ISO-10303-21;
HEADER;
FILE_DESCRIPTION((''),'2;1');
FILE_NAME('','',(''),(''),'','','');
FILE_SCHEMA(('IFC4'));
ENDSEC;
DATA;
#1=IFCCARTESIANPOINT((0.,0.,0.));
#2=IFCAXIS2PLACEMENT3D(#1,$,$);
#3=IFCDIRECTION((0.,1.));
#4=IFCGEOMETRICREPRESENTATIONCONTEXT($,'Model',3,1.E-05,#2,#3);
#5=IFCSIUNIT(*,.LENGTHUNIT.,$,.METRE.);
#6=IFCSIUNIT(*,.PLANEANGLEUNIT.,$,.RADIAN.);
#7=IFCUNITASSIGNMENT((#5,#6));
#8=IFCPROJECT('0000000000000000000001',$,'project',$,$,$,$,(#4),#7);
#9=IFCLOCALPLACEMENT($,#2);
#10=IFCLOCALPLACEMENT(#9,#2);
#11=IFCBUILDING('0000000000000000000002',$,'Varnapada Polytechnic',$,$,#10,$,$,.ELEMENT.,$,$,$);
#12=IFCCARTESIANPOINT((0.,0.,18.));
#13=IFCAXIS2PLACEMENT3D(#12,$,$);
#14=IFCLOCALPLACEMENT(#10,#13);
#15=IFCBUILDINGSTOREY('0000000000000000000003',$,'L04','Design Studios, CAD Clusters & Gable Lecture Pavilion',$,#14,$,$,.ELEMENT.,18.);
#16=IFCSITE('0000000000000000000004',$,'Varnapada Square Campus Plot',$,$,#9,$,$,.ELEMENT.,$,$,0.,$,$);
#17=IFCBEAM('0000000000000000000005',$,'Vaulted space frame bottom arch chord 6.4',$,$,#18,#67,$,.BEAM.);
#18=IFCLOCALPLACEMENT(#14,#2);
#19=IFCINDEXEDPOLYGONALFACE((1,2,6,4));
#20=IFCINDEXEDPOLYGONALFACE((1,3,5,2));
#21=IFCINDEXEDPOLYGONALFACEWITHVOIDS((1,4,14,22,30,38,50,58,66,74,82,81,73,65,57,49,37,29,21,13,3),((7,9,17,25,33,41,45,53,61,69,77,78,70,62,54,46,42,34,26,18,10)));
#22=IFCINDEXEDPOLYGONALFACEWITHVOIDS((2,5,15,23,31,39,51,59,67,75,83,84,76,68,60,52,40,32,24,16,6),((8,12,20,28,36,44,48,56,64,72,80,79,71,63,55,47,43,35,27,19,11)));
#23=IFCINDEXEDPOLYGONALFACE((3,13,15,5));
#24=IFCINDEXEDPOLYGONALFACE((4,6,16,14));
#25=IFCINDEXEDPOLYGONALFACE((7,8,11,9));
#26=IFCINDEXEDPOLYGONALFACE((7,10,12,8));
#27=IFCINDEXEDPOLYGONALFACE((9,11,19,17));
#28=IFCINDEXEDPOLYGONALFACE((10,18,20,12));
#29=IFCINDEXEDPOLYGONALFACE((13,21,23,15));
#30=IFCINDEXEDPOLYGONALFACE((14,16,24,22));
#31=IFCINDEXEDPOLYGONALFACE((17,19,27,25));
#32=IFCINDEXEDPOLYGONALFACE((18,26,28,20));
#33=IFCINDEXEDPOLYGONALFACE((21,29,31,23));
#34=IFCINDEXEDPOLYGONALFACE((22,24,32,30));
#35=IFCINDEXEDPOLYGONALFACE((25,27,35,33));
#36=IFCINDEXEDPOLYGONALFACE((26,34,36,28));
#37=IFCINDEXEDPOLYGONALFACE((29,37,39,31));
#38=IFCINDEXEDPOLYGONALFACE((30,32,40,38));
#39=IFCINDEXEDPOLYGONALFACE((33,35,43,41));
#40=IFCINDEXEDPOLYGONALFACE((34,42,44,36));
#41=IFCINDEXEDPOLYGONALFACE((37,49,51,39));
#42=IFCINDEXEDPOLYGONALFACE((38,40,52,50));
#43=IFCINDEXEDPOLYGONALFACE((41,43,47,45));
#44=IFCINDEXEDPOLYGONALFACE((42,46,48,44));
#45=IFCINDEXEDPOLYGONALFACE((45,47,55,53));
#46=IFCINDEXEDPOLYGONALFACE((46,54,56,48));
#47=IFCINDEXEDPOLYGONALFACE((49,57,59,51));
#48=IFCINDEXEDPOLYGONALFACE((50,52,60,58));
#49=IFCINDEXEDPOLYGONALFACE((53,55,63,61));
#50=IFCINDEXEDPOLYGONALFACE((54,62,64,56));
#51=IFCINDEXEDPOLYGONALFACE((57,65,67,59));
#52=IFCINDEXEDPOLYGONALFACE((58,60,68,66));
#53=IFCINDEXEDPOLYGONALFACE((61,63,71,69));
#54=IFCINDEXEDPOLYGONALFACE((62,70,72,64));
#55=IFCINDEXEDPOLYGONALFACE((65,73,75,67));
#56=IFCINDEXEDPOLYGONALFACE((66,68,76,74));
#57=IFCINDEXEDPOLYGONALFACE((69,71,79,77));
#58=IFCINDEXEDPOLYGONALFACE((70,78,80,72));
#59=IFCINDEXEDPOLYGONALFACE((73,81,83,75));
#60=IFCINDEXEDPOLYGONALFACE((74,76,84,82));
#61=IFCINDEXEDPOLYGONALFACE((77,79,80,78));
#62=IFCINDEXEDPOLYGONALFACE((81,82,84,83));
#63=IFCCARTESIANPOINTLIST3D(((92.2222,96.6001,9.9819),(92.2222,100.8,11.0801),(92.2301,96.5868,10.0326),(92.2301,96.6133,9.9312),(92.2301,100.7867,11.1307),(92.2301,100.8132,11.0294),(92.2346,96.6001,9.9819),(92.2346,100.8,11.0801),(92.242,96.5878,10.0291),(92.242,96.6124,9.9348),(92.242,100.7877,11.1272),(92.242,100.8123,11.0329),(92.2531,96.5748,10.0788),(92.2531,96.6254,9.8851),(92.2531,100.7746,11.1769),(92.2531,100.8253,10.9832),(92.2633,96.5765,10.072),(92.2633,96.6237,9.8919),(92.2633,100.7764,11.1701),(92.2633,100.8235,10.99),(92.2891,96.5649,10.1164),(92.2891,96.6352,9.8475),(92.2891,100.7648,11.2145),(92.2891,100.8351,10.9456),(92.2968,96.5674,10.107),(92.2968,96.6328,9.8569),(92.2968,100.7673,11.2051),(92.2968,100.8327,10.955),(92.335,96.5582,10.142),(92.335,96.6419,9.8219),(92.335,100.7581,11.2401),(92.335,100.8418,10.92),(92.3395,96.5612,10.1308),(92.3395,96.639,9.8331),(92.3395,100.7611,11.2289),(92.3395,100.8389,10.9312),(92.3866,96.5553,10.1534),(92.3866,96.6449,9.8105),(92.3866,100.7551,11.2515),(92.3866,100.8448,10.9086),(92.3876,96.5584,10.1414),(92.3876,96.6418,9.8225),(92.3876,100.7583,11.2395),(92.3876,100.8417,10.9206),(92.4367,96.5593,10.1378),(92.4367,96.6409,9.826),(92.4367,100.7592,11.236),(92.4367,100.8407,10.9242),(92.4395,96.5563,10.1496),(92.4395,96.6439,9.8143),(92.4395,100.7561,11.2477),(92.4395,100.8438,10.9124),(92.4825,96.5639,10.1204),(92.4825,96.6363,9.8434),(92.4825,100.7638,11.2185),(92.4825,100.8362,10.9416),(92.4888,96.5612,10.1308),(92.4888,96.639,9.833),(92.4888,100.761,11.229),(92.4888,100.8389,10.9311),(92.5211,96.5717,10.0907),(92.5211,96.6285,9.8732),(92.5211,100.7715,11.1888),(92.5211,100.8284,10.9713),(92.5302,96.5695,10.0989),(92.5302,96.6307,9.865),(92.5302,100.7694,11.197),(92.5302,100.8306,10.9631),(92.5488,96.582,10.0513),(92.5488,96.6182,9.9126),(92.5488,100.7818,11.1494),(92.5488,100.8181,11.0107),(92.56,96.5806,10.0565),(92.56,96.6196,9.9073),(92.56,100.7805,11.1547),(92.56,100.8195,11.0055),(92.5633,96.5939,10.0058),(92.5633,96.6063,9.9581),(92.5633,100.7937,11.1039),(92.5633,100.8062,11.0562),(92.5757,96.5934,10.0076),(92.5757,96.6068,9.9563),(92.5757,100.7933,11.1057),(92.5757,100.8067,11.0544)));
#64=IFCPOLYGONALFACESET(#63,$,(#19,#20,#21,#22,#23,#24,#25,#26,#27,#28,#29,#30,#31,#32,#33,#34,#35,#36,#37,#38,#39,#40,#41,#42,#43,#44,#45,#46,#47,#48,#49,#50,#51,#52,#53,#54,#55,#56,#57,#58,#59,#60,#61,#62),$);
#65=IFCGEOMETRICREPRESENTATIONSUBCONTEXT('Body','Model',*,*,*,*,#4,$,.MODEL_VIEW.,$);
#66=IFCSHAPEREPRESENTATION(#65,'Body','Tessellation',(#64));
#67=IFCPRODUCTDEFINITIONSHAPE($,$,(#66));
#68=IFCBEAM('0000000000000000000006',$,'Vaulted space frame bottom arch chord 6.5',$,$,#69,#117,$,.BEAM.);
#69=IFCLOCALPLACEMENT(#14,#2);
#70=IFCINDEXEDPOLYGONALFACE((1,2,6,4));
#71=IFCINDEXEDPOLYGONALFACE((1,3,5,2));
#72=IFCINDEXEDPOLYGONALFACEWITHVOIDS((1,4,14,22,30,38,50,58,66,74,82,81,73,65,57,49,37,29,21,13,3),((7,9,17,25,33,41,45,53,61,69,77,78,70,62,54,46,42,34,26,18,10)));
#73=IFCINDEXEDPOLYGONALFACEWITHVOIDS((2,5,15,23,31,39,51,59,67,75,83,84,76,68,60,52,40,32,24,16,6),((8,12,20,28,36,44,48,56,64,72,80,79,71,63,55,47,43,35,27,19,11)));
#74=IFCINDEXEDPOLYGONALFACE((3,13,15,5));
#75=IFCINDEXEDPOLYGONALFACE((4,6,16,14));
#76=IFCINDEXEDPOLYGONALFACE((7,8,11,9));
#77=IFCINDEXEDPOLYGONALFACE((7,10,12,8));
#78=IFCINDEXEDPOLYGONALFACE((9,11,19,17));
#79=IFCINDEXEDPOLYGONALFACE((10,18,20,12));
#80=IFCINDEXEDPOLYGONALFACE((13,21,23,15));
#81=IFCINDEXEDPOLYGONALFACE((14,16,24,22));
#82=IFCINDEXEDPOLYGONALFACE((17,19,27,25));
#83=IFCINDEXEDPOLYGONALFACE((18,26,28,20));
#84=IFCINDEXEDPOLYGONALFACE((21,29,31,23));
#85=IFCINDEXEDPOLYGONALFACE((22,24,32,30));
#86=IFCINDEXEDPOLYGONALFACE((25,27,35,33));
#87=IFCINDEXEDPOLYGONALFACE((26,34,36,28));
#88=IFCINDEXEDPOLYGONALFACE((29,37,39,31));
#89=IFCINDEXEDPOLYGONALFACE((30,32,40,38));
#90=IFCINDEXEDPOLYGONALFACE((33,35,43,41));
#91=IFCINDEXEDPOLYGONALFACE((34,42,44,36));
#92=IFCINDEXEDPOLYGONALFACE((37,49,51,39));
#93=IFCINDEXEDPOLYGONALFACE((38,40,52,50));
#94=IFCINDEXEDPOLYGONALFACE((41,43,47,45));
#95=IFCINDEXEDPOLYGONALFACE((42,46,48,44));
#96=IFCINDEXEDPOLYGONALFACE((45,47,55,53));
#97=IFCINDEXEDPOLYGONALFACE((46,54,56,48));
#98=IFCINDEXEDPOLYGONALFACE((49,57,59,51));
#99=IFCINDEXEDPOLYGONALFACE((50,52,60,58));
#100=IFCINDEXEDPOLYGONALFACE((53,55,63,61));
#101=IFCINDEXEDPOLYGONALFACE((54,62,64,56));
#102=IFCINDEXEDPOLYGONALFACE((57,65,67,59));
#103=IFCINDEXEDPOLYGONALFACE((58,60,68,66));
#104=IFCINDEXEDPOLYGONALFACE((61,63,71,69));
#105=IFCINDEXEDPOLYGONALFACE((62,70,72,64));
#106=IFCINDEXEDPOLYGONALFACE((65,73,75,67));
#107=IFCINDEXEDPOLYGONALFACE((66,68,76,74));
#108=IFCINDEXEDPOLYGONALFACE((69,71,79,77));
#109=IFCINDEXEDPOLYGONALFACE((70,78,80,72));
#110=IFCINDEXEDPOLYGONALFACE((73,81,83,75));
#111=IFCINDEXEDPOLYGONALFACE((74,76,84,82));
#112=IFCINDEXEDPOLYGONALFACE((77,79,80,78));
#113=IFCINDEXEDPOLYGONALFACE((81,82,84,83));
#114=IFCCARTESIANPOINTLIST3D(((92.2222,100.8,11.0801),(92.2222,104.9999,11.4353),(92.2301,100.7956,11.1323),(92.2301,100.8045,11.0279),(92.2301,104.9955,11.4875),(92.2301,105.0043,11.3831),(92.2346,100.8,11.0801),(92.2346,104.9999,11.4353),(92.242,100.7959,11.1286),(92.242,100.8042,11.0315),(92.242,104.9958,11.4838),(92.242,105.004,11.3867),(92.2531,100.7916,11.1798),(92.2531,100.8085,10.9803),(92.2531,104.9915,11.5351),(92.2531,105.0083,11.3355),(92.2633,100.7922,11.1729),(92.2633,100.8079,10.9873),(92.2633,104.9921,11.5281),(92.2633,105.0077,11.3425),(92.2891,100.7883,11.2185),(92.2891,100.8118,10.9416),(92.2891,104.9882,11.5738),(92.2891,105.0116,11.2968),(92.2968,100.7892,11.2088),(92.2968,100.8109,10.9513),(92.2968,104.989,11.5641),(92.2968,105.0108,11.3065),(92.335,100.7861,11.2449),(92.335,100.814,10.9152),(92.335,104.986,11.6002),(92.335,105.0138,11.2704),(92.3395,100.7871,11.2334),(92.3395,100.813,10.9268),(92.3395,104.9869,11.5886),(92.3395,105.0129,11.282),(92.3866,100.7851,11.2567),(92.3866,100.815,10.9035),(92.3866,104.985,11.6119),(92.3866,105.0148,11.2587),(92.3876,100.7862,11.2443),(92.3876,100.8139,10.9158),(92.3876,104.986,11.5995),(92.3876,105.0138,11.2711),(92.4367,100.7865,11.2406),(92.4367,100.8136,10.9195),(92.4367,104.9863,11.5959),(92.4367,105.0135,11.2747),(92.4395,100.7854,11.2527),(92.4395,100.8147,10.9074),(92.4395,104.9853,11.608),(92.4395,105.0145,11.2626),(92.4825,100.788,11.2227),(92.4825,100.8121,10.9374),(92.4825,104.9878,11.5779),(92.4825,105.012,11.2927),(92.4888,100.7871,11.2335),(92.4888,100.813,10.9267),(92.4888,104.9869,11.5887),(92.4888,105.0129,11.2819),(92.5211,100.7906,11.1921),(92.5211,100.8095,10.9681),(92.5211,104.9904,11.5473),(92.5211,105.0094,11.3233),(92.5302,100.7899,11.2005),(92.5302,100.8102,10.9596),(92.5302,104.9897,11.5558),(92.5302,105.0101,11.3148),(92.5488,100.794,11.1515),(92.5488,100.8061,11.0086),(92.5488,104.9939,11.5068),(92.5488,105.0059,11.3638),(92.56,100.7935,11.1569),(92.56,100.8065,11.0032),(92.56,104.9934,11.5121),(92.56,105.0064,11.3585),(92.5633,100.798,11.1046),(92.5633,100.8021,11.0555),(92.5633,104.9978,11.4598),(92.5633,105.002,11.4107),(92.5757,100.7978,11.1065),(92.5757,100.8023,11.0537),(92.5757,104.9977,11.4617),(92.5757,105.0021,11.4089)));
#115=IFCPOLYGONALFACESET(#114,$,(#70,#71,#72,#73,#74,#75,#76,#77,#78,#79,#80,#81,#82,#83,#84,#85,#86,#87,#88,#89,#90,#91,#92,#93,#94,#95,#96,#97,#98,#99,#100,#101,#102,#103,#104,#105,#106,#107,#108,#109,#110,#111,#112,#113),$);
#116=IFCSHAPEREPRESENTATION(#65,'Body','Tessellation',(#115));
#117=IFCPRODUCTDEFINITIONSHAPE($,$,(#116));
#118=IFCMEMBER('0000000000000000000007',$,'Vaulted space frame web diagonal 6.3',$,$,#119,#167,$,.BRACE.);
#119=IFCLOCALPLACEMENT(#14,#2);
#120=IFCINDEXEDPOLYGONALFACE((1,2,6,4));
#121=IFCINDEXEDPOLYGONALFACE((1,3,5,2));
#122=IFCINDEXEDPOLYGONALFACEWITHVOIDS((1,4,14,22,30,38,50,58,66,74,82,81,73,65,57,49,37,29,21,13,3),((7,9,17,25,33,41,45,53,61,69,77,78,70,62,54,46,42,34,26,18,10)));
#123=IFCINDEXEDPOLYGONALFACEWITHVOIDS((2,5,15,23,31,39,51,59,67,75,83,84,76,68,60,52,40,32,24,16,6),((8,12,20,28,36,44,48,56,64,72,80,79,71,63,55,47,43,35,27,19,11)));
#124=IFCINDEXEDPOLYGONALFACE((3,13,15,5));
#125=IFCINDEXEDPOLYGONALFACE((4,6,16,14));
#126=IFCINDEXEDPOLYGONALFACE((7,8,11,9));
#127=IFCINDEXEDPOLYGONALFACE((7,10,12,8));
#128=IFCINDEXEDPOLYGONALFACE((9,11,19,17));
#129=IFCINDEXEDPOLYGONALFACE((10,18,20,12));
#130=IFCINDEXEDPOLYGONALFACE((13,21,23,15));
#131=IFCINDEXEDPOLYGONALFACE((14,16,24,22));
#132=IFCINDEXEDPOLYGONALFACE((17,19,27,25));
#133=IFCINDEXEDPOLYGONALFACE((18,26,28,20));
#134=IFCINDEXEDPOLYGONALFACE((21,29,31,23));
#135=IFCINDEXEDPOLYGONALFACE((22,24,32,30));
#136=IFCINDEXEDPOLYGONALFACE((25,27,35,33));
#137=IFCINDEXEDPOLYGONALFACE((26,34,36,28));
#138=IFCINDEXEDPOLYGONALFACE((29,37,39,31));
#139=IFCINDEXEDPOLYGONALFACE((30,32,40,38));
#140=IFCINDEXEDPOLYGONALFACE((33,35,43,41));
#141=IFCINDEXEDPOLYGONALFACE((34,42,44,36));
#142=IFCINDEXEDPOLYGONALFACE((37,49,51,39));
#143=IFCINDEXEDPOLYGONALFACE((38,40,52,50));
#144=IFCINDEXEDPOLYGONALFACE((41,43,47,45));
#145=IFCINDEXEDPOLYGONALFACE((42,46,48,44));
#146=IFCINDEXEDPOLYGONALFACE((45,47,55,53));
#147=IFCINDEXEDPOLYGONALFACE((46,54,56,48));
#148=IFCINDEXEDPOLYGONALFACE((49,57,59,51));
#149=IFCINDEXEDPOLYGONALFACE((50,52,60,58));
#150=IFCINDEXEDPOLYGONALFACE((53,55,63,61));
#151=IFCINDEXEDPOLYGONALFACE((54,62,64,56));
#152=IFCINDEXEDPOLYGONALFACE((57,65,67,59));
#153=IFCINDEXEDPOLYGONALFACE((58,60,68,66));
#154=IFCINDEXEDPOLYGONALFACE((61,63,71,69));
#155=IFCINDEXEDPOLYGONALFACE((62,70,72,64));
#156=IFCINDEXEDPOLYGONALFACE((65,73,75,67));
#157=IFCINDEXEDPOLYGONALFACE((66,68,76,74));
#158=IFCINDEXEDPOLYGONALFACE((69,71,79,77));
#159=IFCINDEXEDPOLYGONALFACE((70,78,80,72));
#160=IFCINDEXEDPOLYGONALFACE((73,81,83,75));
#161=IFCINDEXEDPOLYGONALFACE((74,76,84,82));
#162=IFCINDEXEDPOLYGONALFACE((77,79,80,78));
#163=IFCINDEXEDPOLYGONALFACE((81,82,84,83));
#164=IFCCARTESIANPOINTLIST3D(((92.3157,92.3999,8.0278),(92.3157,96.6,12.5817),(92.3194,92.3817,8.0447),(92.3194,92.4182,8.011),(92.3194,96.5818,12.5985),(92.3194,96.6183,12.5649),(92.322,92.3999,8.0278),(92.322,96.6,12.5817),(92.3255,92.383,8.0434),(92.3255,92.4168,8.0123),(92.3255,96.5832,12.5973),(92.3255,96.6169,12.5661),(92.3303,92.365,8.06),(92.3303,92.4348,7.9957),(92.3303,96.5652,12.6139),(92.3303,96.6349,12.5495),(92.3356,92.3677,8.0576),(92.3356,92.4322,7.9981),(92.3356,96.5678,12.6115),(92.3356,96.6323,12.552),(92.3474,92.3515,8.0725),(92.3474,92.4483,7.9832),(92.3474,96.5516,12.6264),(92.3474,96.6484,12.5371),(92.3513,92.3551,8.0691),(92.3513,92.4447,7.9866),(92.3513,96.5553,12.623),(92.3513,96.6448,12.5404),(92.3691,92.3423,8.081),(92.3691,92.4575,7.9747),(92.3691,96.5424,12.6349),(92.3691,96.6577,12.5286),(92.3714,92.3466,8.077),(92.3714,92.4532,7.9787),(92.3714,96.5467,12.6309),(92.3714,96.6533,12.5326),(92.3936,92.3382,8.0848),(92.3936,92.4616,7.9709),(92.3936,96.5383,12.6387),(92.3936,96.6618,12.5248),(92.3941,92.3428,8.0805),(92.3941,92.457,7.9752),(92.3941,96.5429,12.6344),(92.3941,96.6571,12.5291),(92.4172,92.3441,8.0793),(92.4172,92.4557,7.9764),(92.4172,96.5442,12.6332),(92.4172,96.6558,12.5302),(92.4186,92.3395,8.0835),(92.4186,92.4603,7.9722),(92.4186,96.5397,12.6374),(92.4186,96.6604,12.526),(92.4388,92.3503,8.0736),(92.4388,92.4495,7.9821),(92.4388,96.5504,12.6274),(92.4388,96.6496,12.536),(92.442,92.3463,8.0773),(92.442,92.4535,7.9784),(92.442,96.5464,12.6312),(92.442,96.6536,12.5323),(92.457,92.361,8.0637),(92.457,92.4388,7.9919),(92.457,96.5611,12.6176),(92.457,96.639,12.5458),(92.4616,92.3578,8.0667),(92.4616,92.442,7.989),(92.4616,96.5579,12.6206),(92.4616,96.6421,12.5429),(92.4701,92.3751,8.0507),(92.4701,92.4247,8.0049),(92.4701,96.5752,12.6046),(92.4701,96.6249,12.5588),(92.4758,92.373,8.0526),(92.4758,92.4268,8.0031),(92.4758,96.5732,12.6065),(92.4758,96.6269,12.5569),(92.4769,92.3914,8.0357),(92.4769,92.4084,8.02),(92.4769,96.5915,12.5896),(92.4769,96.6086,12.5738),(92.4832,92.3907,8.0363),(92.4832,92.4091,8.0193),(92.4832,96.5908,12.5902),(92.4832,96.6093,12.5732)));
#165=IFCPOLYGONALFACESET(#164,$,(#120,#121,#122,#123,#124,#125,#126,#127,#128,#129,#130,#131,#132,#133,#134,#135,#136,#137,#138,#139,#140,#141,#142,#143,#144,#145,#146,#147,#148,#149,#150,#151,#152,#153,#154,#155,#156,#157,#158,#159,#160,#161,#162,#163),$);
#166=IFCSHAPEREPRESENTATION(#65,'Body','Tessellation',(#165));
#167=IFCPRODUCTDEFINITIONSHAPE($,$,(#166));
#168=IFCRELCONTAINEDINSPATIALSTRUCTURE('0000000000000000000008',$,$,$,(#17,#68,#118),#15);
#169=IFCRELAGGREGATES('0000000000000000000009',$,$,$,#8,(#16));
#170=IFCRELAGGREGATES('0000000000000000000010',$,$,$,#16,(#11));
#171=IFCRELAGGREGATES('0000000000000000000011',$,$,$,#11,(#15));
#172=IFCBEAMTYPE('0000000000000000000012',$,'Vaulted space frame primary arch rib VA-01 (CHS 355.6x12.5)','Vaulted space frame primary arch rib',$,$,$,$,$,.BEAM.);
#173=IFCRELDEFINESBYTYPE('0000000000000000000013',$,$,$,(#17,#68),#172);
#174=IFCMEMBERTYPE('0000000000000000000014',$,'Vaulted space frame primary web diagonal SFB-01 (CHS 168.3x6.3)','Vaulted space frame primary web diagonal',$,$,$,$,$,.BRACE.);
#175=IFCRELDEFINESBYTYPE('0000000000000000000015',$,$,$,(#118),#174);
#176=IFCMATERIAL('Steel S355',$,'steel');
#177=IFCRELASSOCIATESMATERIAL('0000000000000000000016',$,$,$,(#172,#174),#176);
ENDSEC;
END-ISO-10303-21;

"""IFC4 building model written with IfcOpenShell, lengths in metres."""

from ifc_helpers import new_model, si_unit, direction, frame, origin, origin_2d, place, context, subcontext, project, spatial, hollow_circle, extrude, material, material_profile, profile_set, type_object, element, save


model = new_model("IFC4")

# Units and contexts
model_context = context("Model", 3, precision=1e-05, world=origin(), true_north=direction((0.0, 1.0)))
body_context = subcontext(model_context, "Body", "Model", "MODEL_VIEW")
ifc_project = project(units=[si_unit("LENGTHUNIT", "METRE"), si_unit("PLANEANGLEUNIT", "RADIAN")], contexts=[model_context])

# Site, building, storey
site_placement = place(None, origin())
site = spatial("IfcSite", under=ifc_project, at=site_placement, Name="Varnapada Square Campus Plot", CompositionType="ELEMENT", RefElevation=0.0)
building_placement = place(site_placement, origin())
building = spatial("IfcBuilding", under=site, at=building_placement, Name="Varnapada Polytechnic", CompositionType="ELEMENT")
storey_placement = place(building_placement, frame((0.0, 0.0, 18.0)))
storey = spatial("IfcBuildingStorey", under=building, at=storey_placement, Name="L04", Description="Design Studios, CAD Clusters & Gable Lecture Pavilion", CompositionType="ELEMENT", Elevation=18.0)

# Shared definitions
ifc_material = material(Name="Steel S355", Category="steel")

# Beams
ifc_material_profile_1 = material_profile(ifc_material, hollow_circle(Radius=0.1777, WallThickness=0.0125, at=origin_2d()), Name="CHS 355.6x12.5")
ifc_profile_set_1 = profile_set([ifc_material_profile_1], Name="Steel S355")
beam_type_1 = type_object("IfcBeamType", Name="Vaulted space frame primary arch rib VA-01 (CHS 355.6x12.5)", Description="Vaulted space frame primary arch rib", PredefinedType="BEAM", material=ifc_profile_set_1)
beam_1_placement = place(storey_placement, frame((92.3999, 96.6001, 9.9819), z_axis=(0.0, 0.967476, 0.252962), x_axis=(-1.0, 0.0, 0.0)))
element("IfcBeam", 1, at=beam_1_placement, inside=storey, type_object=beam_type_1, Name="Vaulted space frame bottom arch chord 6.4", PredefinedType="BEAM", context=body_context, shape_type="SweptSolid", body=[
    extrude(hollow_circle(Radius=0.1777, WallThickness=0.0125, at=origin_2d()), origin(), (0.0, 0.0, 1.0), 4.3411),
])
beam_2_placement = place(storey_placement, frame((92.3999, 100.8, 11.0801), z_axis=(0.0, 0.996442, 0.084277), x_axis=(-1.0, 0.0, 0.0)))
element("IfcBeam", 2, at=beam_2_placement, inside=storey, type_object=beam_type_1, Name="Vaulted space frame bottom arch chord 6.5", PredefinedType="BEAM", context=body_context, shape_type="SweptSolid", body=[
    extrude(hollow_circle(Radius=0.1777, WallThickness=0.0125, at=origin_2d()), origin(), (0.0, 0.0, 1.0), 4.2148),
])

# Member
ifc_material_profile_2 = material_profile(ifc_material, hollow_circle(Radius=0.0842, WallThickness=0.0063, at=origin_2d()), Name="CHS 168.3x6.3")
ifc_profile_set_2 = profile_set([ifc_material_profile_2], Name="Steel S355")
member_type_1 = type_object("IfcMemberType", Name="Vaulted space frame primary web diagonal SFB-01 (CHS 168.3x6.3)", Description="Vaulted space frame primary web diagonal", PredefinedType="BRACE", material=ifc_profile_set_2)
member_1_placement = place(storey_placement, frame((92.3999, 92.3999, 8.0278), z_axis=(0.0, 0.677979, 0.735081), x_axis=(-1.0, 0.0, 0.0)))
element("IfcMember", 3, at=member_1_placement, inside=storey, type_object=member_type_1, Name="Vaulted space frame web diagonal 6.3", PredefinedType="BRACE", context=body_context, shape_type="SweptSolid", body=[
    extrude(hollow_circle(Radius=0.0842, WallThickness=0.0063, at=origin_2d()), origin(), (0.0, 0.0, 1.0), 6.1951),
])

save(model, "model.ifc")
